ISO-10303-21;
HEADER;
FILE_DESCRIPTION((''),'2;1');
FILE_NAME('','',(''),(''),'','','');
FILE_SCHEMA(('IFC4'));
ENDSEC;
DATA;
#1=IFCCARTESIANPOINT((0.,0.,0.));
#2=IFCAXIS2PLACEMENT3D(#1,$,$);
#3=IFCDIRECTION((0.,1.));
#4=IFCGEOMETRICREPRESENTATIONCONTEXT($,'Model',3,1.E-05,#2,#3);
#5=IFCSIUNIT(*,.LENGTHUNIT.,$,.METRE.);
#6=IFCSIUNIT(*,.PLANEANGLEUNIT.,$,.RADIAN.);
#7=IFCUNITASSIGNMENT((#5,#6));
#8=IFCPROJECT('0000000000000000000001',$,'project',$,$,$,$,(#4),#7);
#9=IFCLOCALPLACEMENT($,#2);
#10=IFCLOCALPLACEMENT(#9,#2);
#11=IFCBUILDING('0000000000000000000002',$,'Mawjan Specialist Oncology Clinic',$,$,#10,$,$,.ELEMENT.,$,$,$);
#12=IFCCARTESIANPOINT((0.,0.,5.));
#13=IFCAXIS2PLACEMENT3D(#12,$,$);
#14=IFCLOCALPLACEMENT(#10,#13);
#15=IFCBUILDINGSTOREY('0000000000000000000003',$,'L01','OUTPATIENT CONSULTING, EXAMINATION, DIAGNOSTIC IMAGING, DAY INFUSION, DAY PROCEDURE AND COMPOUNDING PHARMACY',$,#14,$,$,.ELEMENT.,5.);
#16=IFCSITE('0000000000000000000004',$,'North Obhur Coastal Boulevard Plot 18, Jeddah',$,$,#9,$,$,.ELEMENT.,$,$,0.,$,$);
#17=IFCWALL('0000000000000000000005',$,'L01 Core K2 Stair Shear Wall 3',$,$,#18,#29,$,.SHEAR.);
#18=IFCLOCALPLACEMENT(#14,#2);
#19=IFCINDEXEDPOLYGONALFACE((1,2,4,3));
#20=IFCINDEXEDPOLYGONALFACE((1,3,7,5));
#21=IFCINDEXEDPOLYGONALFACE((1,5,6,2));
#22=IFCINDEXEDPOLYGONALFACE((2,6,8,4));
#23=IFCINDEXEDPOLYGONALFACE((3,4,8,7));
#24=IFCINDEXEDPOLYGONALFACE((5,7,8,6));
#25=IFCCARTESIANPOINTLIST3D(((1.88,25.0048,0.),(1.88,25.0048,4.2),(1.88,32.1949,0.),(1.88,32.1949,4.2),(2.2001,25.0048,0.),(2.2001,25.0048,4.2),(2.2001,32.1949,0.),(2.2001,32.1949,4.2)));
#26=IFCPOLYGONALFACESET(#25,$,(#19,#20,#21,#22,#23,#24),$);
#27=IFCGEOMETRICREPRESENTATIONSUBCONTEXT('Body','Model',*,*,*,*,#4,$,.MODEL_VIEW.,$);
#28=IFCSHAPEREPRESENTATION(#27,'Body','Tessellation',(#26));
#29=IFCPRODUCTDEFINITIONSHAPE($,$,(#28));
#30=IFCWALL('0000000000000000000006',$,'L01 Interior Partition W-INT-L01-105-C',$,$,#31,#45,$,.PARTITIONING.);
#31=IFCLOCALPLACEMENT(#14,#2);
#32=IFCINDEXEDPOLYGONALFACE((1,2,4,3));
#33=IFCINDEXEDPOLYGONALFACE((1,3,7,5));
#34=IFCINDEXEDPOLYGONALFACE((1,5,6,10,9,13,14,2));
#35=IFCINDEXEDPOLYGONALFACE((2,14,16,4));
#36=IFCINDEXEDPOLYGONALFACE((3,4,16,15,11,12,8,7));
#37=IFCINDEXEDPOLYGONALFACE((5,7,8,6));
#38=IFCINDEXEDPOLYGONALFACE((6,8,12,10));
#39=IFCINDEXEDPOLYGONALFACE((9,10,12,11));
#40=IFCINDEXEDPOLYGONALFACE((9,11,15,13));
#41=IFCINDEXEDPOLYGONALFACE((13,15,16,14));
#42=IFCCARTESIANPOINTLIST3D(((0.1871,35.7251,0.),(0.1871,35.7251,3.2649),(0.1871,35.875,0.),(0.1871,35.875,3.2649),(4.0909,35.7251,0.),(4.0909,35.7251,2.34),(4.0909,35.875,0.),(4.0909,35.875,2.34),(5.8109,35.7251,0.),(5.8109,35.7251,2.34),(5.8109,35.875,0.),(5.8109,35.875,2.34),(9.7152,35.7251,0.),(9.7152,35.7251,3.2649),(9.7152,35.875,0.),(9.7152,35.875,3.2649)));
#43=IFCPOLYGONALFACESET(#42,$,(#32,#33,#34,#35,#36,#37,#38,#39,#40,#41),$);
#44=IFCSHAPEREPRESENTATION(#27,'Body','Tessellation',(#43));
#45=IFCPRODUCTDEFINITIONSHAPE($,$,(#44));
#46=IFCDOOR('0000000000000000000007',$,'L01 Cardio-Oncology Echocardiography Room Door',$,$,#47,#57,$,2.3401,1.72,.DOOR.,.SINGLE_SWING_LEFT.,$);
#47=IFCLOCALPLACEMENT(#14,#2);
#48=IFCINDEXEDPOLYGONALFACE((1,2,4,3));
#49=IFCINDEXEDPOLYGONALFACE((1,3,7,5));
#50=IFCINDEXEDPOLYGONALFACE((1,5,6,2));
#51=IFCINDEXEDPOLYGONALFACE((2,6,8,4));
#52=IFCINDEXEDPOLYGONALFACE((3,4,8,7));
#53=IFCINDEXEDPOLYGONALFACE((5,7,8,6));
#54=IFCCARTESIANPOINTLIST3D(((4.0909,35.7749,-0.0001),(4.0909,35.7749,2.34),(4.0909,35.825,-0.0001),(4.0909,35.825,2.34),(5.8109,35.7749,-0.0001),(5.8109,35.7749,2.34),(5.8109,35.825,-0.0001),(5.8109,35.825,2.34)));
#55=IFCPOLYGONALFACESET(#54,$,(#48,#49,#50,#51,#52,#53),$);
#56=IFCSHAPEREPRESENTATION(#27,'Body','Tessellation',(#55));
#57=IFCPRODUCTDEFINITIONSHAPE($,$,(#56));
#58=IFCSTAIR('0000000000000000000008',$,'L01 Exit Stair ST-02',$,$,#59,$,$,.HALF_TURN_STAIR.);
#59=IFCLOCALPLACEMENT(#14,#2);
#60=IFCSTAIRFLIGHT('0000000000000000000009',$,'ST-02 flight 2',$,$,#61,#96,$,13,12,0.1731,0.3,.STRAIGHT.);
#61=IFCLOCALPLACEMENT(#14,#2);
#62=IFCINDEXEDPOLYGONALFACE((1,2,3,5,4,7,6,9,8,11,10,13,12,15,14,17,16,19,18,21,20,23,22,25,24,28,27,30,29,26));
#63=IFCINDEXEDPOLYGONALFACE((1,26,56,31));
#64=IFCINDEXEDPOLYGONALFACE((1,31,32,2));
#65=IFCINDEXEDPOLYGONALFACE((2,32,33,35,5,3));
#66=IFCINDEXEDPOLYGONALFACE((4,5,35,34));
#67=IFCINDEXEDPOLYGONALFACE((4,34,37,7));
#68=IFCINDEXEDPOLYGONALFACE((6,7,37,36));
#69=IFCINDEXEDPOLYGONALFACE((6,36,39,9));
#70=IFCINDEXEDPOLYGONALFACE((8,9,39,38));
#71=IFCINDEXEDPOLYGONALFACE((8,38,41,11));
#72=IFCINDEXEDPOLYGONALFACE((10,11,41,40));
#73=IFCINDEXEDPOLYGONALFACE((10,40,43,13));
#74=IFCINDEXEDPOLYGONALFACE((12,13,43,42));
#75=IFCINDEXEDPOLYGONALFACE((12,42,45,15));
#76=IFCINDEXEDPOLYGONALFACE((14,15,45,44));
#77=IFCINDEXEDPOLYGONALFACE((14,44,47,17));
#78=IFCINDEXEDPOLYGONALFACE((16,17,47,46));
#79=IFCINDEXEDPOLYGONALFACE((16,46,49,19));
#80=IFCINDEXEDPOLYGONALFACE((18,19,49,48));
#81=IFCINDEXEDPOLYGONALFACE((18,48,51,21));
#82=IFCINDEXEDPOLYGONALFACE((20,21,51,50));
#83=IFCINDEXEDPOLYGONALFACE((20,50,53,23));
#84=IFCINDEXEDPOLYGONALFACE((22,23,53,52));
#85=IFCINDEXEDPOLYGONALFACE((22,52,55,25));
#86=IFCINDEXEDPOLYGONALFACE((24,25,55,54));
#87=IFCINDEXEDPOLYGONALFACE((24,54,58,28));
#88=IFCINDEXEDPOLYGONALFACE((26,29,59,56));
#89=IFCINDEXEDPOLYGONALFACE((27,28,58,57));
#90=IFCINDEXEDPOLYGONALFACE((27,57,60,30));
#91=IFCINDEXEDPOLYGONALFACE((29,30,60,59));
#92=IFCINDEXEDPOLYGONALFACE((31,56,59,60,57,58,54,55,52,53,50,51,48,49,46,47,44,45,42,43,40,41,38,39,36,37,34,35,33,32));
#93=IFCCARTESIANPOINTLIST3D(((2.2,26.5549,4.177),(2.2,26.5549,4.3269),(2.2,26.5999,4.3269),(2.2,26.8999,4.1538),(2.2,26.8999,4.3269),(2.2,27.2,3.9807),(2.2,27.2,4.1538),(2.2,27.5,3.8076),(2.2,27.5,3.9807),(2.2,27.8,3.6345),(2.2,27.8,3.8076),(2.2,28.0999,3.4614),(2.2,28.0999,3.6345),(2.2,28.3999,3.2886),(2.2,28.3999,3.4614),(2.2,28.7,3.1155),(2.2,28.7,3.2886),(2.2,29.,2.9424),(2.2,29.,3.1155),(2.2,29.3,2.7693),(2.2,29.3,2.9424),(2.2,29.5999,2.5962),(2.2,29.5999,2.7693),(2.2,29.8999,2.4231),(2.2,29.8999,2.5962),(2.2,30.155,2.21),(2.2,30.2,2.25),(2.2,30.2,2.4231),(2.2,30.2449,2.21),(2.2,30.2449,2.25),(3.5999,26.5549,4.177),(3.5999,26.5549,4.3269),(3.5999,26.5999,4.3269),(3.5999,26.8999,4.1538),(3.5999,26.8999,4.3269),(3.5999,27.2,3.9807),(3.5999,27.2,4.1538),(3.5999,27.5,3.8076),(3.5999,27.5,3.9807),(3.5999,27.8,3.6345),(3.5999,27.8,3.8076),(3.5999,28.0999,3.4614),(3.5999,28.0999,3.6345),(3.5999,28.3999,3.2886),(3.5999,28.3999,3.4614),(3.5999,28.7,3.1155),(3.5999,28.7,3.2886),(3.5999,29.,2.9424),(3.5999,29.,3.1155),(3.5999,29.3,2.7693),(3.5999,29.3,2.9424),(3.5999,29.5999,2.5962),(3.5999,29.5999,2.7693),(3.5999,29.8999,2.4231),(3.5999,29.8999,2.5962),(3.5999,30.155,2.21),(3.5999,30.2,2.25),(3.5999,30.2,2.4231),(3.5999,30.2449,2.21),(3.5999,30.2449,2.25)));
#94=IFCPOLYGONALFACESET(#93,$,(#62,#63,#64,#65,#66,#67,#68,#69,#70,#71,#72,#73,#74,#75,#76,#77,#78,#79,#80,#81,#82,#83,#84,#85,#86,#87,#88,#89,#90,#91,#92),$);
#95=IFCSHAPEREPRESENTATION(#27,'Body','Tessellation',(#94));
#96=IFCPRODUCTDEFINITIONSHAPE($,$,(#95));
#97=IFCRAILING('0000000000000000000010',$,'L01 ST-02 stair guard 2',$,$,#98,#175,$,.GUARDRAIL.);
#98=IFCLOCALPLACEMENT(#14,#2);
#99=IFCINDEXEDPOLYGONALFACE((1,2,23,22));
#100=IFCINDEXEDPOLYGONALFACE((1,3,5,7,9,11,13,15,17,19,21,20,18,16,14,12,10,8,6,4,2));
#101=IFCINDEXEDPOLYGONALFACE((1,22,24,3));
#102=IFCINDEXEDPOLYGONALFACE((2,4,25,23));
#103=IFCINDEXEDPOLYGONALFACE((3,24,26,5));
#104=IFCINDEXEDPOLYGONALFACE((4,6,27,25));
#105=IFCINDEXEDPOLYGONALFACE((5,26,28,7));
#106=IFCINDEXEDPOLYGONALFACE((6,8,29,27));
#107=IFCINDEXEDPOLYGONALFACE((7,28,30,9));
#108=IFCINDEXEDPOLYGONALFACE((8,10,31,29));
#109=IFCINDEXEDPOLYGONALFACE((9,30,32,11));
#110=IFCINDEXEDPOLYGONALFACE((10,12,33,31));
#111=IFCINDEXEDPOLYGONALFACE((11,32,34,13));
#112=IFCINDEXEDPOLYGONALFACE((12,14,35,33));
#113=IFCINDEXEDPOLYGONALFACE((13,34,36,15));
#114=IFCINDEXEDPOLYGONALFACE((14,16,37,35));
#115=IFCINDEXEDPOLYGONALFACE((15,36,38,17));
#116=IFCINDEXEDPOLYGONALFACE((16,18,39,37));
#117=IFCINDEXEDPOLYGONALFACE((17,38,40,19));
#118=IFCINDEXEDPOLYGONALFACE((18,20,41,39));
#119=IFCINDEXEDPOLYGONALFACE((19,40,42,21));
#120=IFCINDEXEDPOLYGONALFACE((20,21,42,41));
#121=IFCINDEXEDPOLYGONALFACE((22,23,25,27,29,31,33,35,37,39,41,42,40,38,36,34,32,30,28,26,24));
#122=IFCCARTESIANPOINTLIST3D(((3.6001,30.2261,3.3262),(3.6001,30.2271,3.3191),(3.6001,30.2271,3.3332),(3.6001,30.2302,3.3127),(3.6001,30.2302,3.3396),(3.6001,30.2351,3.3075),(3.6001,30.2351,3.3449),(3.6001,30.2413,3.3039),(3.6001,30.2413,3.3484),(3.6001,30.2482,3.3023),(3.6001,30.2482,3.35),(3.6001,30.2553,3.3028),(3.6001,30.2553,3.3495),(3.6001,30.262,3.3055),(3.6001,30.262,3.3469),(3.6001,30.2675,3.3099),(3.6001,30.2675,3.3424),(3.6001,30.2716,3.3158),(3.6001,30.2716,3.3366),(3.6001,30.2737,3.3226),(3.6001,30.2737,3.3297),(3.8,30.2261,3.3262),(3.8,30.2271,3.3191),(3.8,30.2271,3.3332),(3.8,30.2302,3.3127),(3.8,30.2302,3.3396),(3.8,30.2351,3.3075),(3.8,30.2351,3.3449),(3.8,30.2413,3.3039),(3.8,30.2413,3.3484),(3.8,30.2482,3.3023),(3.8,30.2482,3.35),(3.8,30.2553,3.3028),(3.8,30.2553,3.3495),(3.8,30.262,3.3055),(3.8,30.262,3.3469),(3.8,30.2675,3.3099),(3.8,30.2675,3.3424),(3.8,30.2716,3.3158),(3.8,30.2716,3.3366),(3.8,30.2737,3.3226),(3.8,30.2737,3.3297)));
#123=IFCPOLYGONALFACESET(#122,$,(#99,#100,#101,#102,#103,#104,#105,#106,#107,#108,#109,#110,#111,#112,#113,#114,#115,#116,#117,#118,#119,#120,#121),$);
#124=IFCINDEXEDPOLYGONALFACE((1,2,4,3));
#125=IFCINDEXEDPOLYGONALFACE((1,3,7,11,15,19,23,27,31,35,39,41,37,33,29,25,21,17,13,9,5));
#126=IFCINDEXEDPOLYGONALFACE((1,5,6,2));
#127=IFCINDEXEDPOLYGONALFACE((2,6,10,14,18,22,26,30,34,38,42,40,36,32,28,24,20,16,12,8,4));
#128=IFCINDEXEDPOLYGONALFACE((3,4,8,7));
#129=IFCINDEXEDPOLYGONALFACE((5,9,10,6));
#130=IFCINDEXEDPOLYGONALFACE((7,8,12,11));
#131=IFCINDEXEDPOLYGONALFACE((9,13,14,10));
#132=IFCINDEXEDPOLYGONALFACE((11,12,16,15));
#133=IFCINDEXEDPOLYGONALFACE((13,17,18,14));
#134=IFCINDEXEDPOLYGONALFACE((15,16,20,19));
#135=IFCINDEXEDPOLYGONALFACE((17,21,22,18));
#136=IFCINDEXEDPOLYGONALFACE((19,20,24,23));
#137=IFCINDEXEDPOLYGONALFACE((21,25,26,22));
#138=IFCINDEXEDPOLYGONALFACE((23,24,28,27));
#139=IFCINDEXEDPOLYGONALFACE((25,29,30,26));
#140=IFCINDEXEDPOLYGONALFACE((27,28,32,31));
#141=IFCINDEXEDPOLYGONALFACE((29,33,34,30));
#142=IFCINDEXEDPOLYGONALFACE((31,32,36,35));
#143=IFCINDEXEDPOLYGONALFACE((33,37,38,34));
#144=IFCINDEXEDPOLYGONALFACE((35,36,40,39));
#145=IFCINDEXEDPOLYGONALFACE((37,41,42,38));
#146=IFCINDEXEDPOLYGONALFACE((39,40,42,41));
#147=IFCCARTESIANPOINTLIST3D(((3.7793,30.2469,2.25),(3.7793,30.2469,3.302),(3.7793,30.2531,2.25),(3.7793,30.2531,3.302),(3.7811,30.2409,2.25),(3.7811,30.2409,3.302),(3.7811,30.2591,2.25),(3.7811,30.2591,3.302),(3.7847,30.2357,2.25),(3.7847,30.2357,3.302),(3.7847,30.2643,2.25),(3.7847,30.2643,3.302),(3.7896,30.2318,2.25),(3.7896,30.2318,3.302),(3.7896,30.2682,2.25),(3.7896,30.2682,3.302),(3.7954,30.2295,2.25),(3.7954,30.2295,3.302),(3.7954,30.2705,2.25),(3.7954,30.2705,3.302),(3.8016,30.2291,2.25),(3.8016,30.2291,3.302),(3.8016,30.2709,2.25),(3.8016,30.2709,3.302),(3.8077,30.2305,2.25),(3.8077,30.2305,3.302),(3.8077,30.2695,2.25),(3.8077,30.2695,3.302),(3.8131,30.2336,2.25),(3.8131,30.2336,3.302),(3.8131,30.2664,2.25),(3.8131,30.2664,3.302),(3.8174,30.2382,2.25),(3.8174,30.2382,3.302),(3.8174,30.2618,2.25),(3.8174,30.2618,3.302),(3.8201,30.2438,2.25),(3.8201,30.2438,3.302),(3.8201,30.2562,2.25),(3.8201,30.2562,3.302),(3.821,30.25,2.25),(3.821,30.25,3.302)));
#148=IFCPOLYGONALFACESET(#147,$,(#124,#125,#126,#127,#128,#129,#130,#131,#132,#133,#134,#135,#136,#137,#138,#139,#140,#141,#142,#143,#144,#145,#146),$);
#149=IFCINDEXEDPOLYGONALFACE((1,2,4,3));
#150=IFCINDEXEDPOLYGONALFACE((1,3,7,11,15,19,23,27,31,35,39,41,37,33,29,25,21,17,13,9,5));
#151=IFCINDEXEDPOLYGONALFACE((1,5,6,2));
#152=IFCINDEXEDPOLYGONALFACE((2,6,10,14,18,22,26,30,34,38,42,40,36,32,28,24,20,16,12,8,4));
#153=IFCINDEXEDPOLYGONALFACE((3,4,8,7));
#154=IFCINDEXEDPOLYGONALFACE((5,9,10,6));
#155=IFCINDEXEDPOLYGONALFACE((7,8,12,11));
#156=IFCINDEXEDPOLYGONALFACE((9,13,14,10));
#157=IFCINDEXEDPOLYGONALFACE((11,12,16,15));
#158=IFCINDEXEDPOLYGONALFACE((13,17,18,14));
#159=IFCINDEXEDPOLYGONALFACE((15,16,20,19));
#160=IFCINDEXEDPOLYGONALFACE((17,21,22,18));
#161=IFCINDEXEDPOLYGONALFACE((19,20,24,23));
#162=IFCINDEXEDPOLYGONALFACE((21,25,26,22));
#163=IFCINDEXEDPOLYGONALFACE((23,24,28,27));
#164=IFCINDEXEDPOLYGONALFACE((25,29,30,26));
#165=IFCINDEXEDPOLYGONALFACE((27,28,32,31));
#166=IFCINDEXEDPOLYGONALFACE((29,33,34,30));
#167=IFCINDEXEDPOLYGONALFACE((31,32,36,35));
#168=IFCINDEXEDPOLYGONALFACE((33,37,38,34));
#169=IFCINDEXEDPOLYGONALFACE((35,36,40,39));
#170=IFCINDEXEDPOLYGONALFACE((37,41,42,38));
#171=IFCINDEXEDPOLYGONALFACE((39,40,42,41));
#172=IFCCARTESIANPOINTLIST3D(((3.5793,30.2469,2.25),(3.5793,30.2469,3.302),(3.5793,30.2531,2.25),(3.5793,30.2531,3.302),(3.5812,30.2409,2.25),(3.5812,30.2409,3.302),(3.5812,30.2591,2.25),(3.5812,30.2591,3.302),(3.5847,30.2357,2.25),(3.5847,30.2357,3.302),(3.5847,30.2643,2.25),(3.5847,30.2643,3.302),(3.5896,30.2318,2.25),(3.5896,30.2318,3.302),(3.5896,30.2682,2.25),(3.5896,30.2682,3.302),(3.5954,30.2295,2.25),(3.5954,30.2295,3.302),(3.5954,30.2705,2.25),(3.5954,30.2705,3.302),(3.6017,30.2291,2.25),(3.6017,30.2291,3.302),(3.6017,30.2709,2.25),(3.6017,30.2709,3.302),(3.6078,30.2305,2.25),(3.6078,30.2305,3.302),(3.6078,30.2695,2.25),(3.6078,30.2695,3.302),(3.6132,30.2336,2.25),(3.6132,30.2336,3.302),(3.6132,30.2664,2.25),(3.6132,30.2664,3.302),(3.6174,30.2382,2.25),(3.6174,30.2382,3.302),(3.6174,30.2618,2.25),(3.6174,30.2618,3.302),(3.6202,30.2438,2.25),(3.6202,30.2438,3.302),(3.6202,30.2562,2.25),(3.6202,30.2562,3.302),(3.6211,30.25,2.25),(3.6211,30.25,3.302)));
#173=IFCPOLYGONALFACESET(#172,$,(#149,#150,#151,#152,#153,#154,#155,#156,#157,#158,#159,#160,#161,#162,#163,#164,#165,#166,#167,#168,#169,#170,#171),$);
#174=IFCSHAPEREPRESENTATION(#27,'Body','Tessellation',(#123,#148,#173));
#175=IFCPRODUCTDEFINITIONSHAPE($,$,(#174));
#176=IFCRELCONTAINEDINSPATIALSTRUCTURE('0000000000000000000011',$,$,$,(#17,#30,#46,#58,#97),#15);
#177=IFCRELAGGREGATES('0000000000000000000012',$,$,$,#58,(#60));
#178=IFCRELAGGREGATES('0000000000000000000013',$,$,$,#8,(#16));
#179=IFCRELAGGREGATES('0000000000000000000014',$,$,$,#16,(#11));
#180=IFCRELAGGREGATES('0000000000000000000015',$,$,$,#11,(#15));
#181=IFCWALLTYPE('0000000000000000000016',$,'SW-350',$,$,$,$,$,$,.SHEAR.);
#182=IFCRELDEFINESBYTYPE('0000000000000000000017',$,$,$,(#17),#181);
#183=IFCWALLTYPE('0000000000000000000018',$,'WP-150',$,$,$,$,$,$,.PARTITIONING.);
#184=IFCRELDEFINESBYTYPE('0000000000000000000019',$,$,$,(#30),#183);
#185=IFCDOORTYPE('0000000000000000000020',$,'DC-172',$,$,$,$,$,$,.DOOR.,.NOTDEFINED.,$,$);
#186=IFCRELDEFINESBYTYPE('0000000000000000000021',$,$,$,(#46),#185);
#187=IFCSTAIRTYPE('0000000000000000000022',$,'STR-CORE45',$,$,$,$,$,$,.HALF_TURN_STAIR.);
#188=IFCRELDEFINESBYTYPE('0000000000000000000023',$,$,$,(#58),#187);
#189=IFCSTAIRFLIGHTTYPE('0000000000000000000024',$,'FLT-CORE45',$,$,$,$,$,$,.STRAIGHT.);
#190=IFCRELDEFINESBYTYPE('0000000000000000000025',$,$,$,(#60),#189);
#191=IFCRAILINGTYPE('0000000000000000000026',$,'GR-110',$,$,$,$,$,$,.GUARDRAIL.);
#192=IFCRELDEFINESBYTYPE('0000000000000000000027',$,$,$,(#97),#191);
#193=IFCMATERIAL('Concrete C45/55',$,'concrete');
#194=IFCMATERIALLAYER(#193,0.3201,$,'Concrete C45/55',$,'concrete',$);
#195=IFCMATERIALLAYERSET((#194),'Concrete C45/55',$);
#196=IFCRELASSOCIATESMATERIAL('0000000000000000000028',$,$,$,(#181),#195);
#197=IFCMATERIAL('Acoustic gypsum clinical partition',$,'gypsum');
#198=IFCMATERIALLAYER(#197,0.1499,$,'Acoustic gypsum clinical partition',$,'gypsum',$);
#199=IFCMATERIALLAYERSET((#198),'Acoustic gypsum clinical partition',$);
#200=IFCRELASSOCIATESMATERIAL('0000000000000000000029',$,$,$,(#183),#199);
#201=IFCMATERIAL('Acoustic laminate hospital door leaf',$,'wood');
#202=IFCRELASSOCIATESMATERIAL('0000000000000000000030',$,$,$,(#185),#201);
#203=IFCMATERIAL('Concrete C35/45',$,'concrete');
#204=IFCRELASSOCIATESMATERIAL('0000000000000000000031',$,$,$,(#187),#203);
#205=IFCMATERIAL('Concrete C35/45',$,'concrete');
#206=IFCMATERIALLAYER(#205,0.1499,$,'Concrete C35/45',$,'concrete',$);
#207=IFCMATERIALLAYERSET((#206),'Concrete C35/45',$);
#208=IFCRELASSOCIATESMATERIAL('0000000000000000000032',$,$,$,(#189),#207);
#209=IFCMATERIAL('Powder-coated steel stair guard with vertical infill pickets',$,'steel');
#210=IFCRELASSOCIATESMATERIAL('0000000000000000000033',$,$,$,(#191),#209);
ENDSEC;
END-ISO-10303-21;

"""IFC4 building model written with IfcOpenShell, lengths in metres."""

from ifc_helpers import new_model, si_unit, direction, frame, frame_2d, origin, origin_2d, place, context, subcontext, project, spatial, polyline, rectangle, circle, outline, extrude, material, layer, layer_set, type_object, element, fill, aggregate, save


model = new_model("IFC4")

# Units and contexts
model_context = context("Model", 3, precision=1e-05, world=origin(), true_north=direction((0.0, 1.0)))
body_context = subcontext(model_context, "Body", "Model", "MODEL_VIEW")
ifc_project = project(units=[si_unit("LENGTHUNIT", "METRE"), si_unit("PLANEANGLEUNIT", "RADIAN")], contexts=[model_context])

# Site, building, storey
site_placement = place(None, origin())
site = spatial("IfcSite", under=ifc_project, at=site_placement, Name="North Obhur Coastal Boulevard Plot 18, Jeddah", CompositionType="ELEMENT", RefElevation=0.0)
building_placement = place(site_placement, origin())
building = spatial("IfcBuilding", under=site, at=building_placement, Name="Mawjan Specialist Oncology Clinic", CompositionType="ELEMENT")
storey_placement = place(building_placement, frame((0.0, 0.0, 5.0)))
storey = spatial("IfcBuildingStorey", under=building, at=storey_placement, Name="L01", Description="OUTPATIENT CONSULTING, EXAMINATION, DIAGNOSTIC IMAGING, DAY INFUSION, DAY PROCEDURE AND COMPOUNDING PHARMACY", CompositionType="ELEMENT", Elevation=5.0)

# Wall
ifc_material_1 = material(Name="Concrete C45/55", Category="concrete")
ifc_layer_1 = layer(ifc_material_1, 0.3201, Name="Concrete C45/55", Category="concrete")
ifc_layer_set_1 = layer_set([ifc_layer_1], Name="Concrete C45/55")
wall_type_1 = type_object("IfcWallType", Name="SW-350", PredefinedType="SHEAR", material=ifc_layer_set_1)
wall_1_placement = place(storey_placement, frame((2.04, 32.1951, 0.0), z_axis=(0.0, 0.0, 1.0), x_axis=(0.0, -1.0, 0.0)))
element("IfcWall", 1, at=wall_1_placement, inside=storey, type_object=wall_type_1, Name="L01 Core K2 Stair Shear Wall 3", PredefinedType="SHEAR", context=body_context, shape_type="SweptSolid", body=[
    extrude(rectangle(XDim=7.1902, YDim=0.3201, at=frame_2d((3.5952, 0.0))), origin(), (0.0, 0.0, 1.0), 4.2),
])

# Wall, opening, door
ifc_material_2 = material(Name="Acoustic gypsum clinical partition", Category="gypsum")
ifc_layer_2 = layer(ifc_material_2, 0.1499, Name="Acoustic gypsum clinical partition", Category="gypsum")
ifc_layer_set_2 = layer_set([ifc_layer_2], Name="Acoustic gypsum clinical partition")
wall_type_2 = type_object("IfcWallType", Name="WP-150", PredefinedType="PARTITIONING", material=ifc_layer_set_2)
wall_2_placement = place(storey_placement, frame((0.187, 35.8, 0.0), z_axis=(0.0, 0.0, 1.0), x_axis=(1.0, 0.0, 0.0)))
wall_2 = element("IfcWall", 2, at=wall_2_placement, inside=storey, type_object=wall_type_2, Name="L01 Interior Partition W-INT-L01-105-C", PredefinedType="PARTITIONING", context=body_context, shape_type="SweptSolid", body=[
    extrude(rectangle(XDim=9.5281, YDim=0.1499, at=frame_2d((4.7642, 0.0))), origin(), (0.0, 0.0, 1.0), 3.2649),
])
opening_placement = place(wall_2_placement, frame((3.9041, 0.0, 0.0)))
opening = element("IfcOpeningElement", 3, at=opening_placement, cuts=wall_2, PredefinedType="OPENING", context=body_context, shape_type="SweptSolid", body=[
    extrude(rectangle(XDim=1.72, YDim=2.3401, at=frame_2d((0.8599, 1.1699))), frame((0.0, 0.0869, 0.0), z_axis=(0.0, -1.0, 0.0), x_axis=(1.0, 0.0, 0.0)), (0.0, 0.0, 1.0), 0.1738),
])
ifc_material_3 = material(Name="Acoustic laminate hospital door leaf", Category="wood")
door_type = type_object("IfcDoorType", Name="DC-172", OperationType="NOTDEFINED", PredefinedType="DOOR", material=ifc_material_3)
door_placement = place(opening_placement, origin())
door = element("IfcDoor", 4, at=door_placement, inside=storey, type_object=door_type, Name="L01 Cardio-Oncology Echocardiography Room Door", OperationType="SINGLE_SWING_LEFT", OverallHeight=2.3401, OverallWidth=1.72, PredefinedType="DOOR", context=body_context, shape_type="SweptSolid", body=[
    extrude(rectangle(XDim=1.72, YDim=2.3401, at=frame_2d((0.8599, 1.1699))), frame((0.0, 0.0249, 0.0), z_axis=(0.0, -1.0, 0.0), x_axis=(1.0, 0.0, 0.0)), (0.0, 0.0, 1.0), 0.05),
])
fill(opening, door)

# Stair, stair flight
ifc_material_4 = material(Name="Concrete C35/45", Category="concrete")
stair_type = type_object("IfcStairType", Name="STR-CORE45", PredefinedType="HALF_TURN_STAIR", material=ifc_material_4)
stair_placement = place(storey_placement, origin())
stair = element("IfcStair", 5, at=stair_placement, inside=storey, type_object=stair_type, Name="L01 Exit Stair ST-02", PredefinedType="HALF_TURN_STAIR")
ifc_material_5 = material(Name="Concrete C35/45", Category="concrete")
ifc_layer_3 = layer(ifc_material_5, 0.1499, Name="Concrete C35/45", Category="concrete")
ifc_layer_set_3 = layer_set([ifc_layer_3], Name="Concrete C35/45")
stair_flight_type = type_object("IfcStairFlightType", Name="FLT-CORE45", PredefinedType="STRAIGHT", material=ifc_layer_set_3)
stair_flight_placement = place(storey_placement, frame((2.8999, 30.2, 2.25), z_axis=(0.0, 0.0, 1.0), x_axis=(0.0, -1.0, 0.0)))
stair_flight = element("IfcStairFlight", 6, at=stair_flight_placement, type_object=stair_flight_type, Name="ST-02 flight 2", NumberOfRisers=13, NumberOfTreads=12, PredefinedType="STRAIGHT", RiserHeight=0.1731, TreadLength=0.3, context=body_context, shape_type="SweptSolid", body=[
    extrude(outline(polyline([(-0.0449, -0.04), (-0.0449, 0.0), (0.0, 0.0), (0.0, 0.1731), (0.3, 0.1731), (0.3, 0.3462), (0.6001, 0.3462), (0.6001, 0.5193), (0.8999, 0.5193), (0.8999, 0.6924), (1.2, 0.6924), (1.2, 0.8655), (1.5, 0.8655), (1.5, 1.0386), (1.8, 1.0386), (1.8, 1.2114), (2.1001, 1.2114), (2.1001, 1.3845), (2.3999, 1.3845), (2.3999, 1.5576), (2.7, 1.5576), (2.7, 1.7307), (3.0, 1.7307), (3.0, 1.9038), (3.3, 1.9038), (3.3, 2.0769), (3.6001, 2.0769), (3.645, 2.0769), (3.645, 1.927), (0.0449, -0.04), (-0.0449, -0.04)])), frame((0.0, 0.7, 0.0), z_axis=(0.0, -1.0, 0.0), x_axis=(1.0, 0.0, 0.0)), (0.0, 0.0, 1.0), 1.3999),
])
aggregate(stair, [stair_flight])

# Railing
ifc_material_6 = material(Name="Powder-coated steel stair guard with vertical infill pickets", Category="steel")
railing_type_1 = type_object("IfcRailingType", Name="GR-110", PredefinedType="GUARDRAIL", material=ifc_material_6)
railing_1_placement = place(storey_placement, frame((3.8, 30.25, 2.25)))
element("IfcRailing", 7, at=railing_1_placement, inside=storey, type_object=railing_type_1, Name="L01 ST-02 stair guard 2", PredefinedType="GUARDRAIL", context=body_context, shape_type="SweptSolid", body=[
    extrude(circle(Radius=0.0239, at=origin_2d()), frame((0.0, 0.0, 1.0762), z_axis=(-1.0, 0.0, 0.0), x_axis=(0.0, -1.0, 0.0)), (0.0, 0.0, 1.0), 0.2),
    extrude(circle(Radius=0.021, at=origin_2d()), origin(), (0.0, 0.0, 1.0), 1.052),
    extrude(circle(Radius=0.021, at=origin_2d()), frame((-0.2, 0.0, 0.0)), (0.0, 0.0, 1.0), 1.052),
])

save(model, "model.ifc")
